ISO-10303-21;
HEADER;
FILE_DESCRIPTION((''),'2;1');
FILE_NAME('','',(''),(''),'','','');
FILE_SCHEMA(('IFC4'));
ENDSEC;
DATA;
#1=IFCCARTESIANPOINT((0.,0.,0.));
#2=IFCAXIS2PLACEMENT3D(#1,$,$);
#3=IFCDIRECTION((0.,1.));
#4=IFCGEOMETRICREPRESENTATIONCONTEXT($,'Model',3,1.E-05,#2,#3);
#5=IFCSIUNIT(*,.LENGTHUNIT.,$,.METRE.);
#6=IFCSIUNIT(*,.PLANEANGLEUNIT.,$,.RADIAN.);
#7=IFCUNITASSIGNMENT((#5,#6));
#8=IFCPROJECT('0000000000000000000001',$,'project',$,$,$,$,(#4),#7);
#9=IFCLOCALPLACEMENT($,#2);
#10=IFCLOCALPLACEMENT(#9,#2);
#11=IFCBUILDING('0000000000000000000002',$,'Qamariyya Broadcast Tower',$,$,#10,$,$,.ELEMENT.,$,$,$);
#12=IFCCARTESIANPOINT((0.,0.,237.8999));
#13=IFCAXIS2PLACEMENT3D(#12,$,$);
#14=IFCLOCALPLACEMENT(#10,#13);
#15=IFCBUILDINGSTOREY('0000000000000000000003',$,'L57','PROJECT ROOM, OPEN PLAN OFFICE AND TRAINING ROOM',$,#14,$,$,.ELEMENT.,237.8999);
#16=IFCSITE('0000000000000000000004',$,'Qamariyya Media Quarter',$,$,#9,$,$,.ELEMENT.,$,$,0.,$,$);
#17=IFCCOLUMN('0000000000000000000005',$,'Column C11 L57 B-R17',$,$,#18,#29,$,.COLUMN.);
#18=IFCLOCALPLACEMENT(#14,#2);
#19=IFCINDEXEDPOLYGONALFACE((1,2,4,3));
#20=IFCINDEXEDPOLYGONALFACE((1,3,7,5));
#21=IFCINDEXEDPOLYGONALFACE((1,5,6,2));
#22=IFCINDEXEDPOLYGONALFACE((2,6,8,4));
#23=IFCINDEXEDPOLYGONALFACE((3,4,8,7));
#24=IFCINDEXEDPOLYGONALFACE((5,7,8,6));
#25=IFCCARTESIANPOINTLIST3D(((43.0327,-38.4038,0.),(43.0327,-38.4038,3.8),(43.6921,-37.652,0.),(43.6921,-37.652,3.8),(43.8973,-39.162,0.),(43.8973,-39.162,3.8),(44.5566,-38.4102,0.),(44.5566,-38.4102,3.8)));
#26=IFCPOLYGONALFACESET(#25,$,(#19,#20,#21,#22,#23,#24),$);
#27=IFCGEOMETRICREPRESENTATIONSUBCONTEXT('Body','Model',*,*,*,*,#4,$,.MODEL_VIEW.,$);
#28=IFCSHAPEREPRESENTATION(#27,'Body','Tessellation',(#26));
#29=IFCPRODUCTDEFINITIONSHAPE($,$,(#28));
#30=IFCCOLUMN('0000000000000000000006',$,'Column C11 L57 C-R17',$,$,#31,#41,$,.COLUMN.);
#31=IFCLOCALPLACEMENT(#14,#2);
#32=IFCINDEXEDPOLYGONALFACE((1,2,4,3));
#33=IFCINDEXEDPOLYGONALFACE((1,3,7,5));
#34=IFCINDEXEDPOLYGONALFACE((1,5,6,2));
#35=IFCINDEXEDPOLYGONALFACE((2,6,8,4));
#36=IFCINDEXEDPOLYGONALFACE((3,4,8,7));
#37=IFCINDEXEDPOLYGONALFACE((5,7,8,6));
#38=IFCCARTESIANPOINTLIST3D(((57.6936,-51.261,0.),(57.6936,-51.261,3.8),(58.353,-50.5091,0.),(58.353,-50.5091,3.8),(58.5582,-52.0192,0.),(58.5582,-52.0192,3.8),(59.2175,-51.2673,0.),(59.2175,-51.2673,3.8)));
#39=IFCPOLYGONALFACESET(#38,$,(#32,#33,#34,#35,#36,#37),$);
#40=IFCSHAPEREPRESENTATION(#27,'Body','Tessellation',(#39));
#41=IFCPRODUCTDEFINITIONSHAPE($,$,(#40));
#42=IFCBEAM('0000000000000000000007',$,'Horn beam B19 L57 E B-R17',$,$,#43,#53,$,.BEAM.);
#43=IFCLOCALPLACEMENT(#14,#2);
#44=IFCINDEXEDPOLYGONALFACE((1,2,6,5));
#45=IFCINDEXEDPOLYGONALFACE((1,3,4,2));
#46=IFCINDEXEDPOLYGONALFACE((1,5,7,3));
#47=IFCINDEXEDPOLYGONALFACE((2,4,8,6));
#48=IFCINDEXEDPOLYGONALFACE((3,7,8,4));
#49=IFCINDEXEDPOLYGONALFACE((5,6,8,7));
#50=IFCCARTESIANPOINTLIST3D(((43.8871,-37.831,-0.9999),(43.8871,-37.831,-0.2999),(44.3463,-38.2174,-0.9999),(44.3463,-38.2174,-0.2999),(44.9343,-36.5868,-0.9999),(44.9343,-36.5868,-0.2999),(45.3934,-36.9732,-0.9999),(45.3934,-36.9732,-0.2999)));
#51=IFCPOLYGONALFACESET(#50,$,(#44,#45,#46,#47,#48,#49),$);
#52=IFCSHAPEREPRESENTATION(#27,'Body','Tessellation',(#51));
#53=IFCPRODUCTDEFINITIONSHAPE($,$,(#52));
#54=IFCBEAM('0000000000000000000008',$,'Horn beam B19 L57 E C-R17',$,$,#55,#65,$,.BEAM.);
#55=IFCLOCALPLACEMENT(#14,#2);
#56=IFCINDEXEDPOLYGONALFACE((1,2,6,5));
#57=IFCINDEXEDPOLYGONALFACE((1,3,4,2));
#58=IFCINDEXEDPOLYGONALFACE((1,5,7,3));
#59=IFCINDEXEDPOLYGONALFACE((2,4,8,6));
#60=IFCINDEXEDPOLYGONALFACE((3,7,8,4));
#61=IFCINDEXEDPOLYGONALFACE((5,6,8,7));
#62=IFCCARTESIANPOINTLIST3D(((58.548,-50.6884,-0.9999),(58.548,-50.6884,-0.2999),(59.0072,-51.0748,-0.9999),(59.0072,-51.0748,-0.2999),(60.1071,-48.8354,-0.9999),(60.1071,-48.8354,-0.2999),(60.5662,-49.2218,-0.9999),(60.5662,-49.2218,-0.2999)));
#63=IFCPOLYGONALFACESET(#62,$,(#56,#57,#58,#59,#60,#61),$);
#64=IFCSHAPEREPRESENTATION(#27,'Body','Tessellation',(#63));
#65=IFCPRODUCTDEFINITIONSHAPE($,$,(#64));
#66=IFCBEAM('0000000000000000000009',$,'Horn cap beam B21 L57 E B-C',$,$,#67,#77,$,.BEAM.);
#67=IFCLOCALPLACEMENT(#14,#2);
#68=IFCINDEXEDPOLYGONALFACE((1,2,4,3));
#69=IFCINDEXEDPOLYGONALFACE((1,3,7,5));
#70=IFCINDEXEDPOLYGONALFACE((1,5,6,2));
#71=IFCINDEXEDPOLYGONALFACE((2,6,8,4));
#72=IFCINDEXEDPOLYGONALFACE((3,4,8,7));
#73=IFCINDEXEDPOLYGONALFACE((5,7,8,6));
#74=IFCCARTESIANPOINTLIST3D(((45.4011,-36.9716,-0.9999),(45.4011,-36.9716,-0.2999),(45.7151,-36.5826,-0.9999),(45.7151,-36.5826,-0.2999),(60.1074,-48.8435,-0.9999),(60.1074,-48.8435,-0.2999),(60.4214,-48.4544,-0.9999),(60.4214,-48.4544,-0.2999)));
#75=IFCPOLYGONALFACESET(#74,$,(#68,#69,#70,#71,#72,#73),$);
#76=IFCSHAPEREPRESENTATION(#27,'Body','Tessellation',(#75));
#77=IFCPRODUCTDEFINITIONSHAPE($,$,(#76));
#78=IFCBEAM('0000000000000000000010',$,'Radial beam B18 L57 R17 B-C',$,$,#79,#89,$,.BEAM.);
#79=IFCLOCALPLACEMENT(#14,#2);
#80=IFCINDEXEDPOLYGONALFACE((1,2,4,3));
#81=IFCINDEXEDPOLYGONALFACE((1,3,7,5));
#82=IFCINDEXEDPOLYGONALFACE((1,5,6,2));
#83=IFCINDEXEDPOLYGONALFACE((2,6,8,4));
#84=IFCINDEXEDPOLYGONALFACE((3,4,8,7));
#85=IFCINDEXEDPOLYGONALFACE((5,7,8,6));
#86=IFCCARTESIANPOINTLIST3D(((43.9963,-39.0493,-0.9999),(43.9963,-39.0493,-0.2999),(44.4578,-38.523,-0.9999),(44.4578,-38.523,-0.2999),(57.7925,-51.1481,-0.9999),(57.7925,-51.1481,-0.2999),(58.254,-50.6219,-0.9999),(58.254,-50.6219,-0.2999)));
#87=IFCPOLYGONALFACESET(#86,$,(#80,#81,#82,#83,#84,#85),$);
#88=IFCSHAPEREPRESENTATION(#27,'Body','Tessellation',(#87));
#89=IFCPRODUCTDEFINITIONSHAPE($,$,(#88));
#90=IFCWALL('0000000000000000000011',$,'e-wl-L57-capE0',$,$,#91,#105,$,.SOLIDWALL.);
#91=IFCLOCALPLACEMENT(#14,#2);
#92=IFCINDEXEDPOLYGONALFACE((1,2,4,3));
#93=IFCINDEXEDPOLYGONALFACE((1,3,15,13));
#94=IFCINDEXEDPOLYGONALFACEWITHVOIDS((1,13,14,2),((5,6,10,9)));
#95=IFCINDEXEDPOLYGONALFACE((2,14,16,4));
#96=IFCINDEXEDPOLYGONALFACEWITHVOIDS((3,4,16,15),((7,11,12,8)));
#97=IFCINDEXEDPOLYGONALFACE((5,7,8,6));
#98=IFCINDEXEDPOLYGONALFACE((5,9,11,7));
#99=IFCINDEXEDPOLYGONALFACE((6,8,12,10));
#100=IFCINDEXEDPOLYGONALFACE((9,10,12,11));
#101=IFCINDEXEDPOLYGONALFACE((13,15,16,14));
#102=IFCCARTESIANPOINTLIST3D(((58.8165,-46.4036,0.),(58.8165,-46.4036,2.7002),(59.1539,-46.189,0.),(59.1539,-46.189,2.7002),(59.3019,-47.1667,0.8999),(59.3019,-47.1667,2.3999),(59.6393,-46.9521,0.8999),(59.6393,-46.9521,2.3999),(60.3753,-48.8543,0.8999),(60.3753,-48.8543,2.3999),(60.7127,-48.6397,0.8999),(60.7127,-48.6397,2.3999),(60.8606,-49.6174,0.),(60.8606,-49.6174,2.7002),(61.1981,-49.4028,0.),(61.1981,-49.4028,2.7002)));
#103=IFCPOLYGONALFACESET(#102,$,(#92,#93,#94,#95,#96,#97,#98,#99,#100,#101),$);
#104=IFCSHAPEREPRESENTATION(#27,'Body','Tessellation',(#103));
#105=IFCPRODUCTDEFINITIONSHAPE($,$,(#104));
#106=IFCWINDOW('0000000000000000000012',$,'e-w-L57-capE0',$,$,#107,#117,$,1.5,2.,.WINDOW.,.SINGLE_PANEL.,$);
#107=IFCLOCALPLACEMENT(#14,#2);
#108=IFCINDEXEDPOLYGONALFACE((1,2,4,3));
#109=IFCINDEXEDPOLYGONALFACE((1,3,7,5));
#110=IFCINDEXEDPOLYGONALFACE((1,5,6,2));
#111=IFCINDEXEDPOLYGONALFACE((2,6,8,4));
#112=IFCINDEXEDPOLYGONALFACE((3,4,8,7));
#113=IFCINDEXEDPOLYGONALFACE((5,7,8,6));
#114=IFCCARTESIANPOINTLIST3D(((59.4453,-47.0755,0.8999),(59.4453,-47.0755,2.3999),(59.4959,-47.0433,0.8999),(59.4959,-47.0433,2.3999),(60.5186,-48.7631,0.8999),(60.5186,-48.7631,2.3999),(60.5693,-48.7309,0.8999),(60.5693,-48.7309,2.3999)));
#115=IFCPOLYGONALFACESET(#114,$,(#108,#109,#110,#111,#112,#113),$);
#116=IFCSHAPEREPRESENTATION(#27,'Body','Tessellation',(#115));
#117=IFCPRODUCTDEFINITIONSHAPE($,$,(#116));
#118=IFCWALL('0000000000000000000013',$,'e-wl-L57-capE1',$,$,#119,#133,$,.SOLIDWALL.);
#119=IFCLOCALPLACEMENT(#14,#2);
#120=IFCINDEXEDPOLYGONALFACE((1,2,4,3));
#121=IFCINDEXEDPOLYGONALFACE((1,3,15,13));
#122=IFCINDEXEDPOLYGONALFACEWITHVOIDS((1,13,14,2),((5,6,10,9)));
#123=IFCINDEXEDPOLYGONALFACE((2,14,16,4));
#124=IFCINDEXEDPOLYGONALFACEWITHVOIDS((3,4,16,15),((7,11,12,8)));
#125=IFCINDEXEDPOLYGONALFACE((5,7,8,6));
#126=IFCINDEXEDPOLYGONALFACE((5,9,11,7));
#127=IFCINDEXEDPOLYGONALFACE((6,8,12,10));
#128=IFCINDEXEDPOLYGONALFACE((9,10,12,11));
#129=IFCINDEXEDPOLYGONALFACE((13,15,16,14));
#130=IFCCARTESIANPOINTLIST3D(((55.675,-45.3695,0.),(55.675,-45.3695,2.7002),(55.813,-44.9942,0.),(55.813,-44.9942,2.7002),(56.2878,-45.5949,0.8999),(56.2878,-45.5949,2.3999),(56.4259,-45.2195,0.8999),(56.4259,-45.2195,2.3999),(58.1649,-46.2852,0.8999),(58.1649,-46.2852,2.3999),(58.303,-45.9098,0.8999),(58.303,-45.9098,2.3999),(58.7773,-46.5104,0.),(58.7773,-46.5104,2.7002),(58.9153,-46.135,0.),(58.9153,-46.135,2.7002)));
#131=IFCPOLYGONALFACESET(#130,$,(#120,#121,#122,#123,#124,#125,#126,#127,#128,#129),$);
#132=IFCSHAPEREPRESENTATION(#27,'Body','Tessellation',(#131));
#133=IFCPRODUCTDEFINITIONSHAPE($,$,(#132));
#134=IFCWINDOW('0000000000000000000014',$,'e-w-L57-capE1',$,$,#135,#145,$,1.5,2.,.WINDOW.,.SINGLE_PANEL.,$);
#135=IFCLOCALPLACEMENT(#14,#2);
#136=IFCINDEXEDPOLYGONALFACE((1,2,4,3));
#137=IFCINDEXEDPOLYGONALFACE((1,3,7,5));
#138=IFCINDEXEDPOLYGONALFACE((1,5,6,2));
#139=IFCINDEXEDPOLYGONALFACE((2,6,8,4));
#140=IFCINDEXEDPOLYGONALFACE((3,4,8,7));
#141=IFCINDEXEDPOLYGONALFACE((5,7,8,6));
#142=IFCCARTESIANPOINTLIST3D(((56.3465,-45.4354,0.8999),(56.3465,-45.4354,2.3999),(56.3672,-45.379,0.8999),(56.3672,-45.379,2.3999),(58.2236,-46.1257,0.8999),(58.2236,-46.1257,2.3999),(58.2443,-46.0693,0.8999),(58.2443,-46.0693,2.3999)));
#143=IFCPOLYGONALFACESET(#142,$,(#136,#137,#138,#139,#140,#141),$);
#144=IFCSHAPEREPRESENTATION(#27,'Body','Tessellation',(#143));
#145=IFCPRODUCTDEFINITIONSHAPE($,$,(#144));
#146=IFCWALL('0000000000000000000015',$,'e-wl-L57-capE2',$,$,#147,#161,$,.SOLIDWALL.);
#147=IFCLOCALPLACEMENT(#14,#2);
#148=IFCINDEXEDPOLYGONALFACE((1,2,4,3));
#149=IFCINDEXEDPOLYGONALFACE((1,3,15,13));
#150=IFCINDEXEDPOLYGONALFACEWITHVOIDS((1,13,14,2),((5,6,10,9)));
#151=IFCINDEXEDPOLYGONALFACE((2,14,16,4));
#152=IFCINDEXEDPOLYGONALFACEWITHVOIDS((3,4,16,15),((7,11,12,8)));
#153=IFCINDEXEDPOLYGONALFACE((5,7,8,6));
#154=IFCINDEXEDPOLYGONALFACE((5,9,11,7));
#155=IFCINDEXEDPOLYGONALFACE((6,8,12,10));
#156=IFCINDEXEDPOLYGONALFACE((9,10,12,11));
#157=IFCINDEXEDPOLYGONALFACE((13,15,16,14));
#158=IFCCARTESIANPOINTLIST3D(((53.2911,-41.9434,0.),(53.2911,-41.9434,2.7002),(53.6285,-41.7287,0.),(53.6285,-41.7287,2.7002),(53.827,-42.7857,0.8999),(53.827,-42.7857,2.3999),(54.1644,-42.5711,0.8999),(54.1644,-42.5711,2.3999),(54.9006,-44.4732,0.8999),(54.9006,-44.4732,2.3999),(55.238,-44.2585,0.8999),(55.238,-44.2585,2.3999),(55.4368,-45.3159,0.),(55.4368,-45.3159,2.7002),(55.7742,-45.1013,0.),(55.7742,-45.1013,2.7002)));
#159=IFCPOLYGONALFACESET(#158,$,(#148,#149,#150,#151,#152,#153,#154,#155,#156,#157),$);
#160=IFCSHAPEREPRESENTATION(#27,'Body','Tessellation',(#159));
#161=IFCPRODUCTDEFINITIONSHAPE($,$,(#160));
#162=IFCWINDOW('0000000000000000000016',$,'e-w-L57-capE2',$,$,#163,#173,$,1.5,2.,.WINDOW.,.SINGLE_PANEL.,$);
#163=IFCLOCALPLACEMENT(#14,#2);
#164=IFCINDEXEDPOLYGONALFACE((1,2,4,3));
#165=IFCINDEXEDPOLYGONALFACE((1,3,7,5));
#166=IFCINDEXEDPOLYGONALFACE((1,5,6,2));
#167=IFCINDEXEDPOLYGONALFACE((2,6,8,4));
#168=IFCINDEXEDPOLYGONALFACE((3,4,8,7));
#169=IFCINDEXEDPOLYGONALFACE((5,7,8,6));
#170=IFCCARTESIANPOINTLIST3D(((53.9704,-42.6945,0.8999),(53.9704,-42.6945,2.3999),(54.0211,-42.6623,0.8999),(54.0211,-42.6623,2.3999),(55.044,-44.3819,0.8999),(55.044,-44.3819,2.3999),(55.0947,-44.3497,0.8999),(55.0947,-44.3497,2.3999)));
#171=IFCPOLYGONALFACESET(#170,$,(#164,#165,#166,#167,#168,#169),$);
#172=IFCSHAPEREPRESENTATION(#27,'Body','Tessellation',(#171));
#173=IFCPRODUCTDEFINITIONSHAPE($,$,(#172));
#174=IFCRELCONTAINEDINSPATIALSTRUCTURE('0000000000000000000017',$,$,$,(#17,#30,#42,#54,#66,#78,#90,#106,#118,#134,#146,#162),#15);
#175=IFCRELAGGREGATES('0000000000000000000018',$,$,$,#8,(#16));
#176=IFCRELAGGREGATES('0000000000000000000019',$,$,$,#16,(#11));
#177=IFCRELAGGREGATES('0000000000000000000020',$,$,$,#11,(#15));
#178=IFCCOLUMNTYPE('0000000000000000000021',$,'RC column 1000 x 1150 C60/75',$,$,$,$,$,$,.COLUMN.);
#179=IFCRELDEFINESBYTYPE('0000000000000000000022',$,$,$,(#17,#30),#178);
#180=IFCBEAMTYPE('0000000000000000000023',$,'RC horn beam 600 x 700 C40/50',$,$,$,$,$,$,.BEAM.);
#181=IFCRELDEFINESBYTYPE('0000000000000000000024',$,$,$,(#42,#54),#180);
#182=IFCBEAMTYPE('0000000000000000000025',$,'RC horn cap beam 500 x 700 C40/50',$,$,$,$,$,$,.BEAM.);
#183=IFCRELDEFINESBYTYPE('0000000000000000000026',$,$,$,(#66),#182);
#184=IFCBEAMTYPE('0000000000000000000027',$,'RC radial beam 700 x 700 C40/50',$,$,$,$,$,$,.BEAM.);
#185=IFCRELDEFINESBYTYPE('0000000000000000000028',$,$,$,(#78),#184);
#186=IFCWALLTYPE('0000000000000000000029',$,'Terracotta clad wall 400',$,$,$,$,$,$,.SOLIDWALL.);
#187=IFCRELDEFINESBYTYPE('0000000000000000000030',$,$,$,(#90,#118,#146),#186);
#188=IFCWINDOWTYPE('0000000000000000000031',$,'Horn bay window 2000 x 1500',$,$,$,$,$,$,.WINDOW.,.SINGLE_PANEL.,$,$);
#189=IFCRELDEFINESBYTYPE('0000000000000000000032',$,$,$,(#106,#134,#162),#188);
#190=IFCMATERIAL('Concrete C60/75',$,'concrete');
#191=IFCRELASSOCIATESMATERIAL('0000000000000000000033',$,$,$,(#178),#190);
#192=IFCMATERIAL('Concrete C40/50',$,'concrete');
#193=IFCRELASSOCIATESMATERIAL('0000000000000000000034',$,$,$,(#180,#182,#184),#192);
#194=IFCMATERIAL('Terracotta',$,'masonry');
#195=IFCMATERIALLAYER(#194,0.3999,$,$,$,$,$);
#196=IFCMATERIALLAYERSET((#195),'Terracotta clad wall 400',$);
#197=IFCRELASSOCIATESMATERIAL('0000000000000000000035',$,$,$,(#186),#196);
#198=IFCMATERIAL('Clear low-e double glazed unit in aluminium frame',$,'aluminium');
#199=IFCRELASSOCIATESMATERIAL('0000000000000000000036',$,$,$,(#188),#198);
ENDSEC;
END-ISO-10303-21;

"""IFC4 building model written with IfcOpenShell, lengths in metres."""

from ifc_helpers import new_model, si_unit, direction, frame, frame_2d, origin, origin_2d, place, context, subcontext, project, spatial, rectangle, extrude, material, layer, layer_set, material_profile, profile_set, type_object, element, fill, save


model = new_model("IFC4")

# Units and contexts
model_context = context("Model", 3, precision=1e-05, world=origin(), true_north=direction((0.0, 1.0)))
body_context = subcontext(model_context, "Body", "Model", "MODEL_VIEW")
ifc_project = project(units=[si_unit("LENGTHUNIT", "METRE"), si_unit("PLANEANGLEUNIT", "RADIAN")], contexts=[model_context])

# Site, building, storey
site_placement = place(None, origin())
site = spatial("IfcSite", under=ifc_project, at=site_placement, Name="Qamariyya Media Quarter", CompositionType="ELEMENT", RefElevation=0.0)
building_placement = place(site_placement, origin())
building = spatial("IfcBuilding", under=site, at=building_placement, Name="Qamariyya Broadcast Tower", CompositionType="ELEMENT")
storey_placement = place(building_placement, frame((0.0, 0.0, 237.8999)))
storey = spatial("IfcBuildingStorey", under=building, at=storey_placement, Name="L57", Description="PROJECT ROOM, OPEN PLAN OFFICE AND TRAINING ROOM", CompositionType="ELEMENT", Elevation=237.8999)

# Columns
ifc_material_1 = material(Name="Concrete C60/75", Category="concrete")
ifc_material_profile_1 = material_profile(ifc_material_1, rectangle(XDim=1.0, YDim=1.1499, at=origin_2d()))
ifc_profile_set_1 = profile_set([ifc_material_profile_1], Name="Concrete C60/75")
column_type = type_object("IfcColumnType", Name="RC column 1000 x 1150 C60/75", PredefinedType="COLUMN", material=ifc_profile_set_1)
for number, where, z_axis, x_axis, name in (
    (1, (43.7947, -38.407, 0.0), (0.0, 0.0, 1.0), (0.659346, 0.75184, 0.0), "Column C11 L57 B-R17"),
    (2, (58.4556, -51.2642, 0.0), (0.0, 0.0, 1.0), (0.659346, 0.75184, 0.0), "Column C11 L57 C-R17"),
):
    element("IfcColumn", number, at=place(storey_placement, frame(where, z_axis=z_axis, x_axis=x_axis)), inside=storey, type_object=column_type, Name=name, PredefinedType="COLUMN", context=body_context, shape_type="SweptSolid", body=[
        extrude(rectangle(XDim=1.0, YDim=1.1499, at=origin_2d()), origin(), (0.0, 0.0, 1.0), 3.8),
    ])

# Beams
ifc_material_2 = material(Name="Concrete C40/50", Category="concrete")
ifc_material_profile_2 = material_profile(ifc_material_2, rectangle(XDim=0.6001, YDim=0.7, at=origin_2d()))
ifc_profile_set_2 = profile_set([ifc_material_profile_2], Name="Concrete C40/50")
beam_type_1 = type_object("IfcBeamType", Name="RC horn beam 600 x 700 C40/50", PredefinedType="BEAM", material=ifc_profile_set_2)
beam_1_placement = place(storey_placement, frame((44.1167, -38.0242, -0.6499), z_axis=(0.643928, 0.765086, 0.0), x_axis=(-0.765086, 0.643928, 0.0)))
element("IfcBeam", 3, at=beam_1_placement, inside=storey, type_object=beam_type_1, Name="Horn beam B19 L57 E B-R17", PredefinedType="BEAM", context=body_context, shape_type="SweptSolid", body=[
    extrude(rectangle(XDim=0.6001, YDim=0.7, at=origin_2d()), origin(), (0.0, 0.0, 1.0), 1.6262),
])
beam_2_placement = place(storey_placement, frame((58.7776, -50.8816, -0.6499), z_axis=(0.643807, 0.765188, 0.0), x_axis=(-0.765188, 0.643807, 0.0)))
element("IfcBeam", 4, at=beam_2_placement, inside=storey, type_object=beam_type_1, Name="Horn beam B19 L57 E C-R17", PredefinedType="BEAM", context=body_context, shape_type="SweptSolid", body=[
    extrude(rectangle(XDim=0.6001, YDim=0.7, at=origin_2d()), origin(), (0.0, 0.0, 1.0), 2.4216),
])
ifc_material_profile_3 = material_profile(ifc_material_2, rectangle(XDim=0.5, YDim=0.7, at=origin_2d()))
ifc_profile_set_3 = profile_set([ifc_material_profile_3], Name="Concrete C40/50")
beam_type_2 = type_object("IfcBeamType", Name="RC horn cap beam 500 x 700 C40/50", PredefinedType="BEAM", material=ifc_profile_set_3)
beam_3_placement = place(storey_placement, frame((45.5581, -36.7771, -0.6499), z_axis=(0.778105, -0.628134, 0.0), x_axis=(0.628134, 0.778105, 0.0)))
element("IfcBeam", 5, at=beam_3_placement, inside=storey, type_object=beam_type_2, Name="Horn cap beam B21 L57 E B-C", PredefinedType="BEAM", context=body_context, shape_type="SweptSolid", body=[
    extrude(rectangle(XDim=0.5, YDim=0.7, at=origin_2d()), origin(), (0.0, 0.0, 1.0), 18.9001),
])
ifc_material_profile_4 = material_profile(ifc_material_2, rectangle(XDim=0.7, YDim=0.7, at=origin_2d()))
ifc_profile_set_4 = profile_set([ifc_material_profile_4], Name="Concrete C40/50")
beam_type_3 = type_object("IfcBeamType", Name="RC radial beam 700 x 700 C40/50", PredefinedType="BEAM", material=ifc_profile_set_4)
beam_4_placement = place(storey_placement, frame((44.2271, -38.7861, -0.6499), z_axis=(0.75184, -0.659345, 0.0), x_axis=(0.659345, 0.75184, 0.0)))
element("IfcBeam", 6, at=beam_4_placement, inside=storey, type_object=beam_type_3, Name="Radial beam B18 L57 R17 B-C", PredefinedType="BEAM", context=body_context, shape_type="SweptSolid", body=[
    extrude(rectangle(XDim=0.7, YDim=0.7, at=origin_2d()), origin(), (0.0, 0.0, 1.0), 18.3499),
])

# Walls, openings, windows
ifc_material_3 = material(Name="Terracotta", Category="masonry")
ifc_layer = layer(ifc_material_3, 0.3999)
ifc_layer_set = layer_set([ifc_layer], Name="Terracotta clad wall 400")
wall_type = type_object("IfcWallType", Name="Terracotta clad wall 400", PredefinedType="SOLIDWALL", material=ifc_layer_set)
wall_1_placement = place(storey_placement, frame((61.0293, -49.51, 0.0), z_axis=(0.0, 0.0, 1.0), x_axis=(-0.536689, 0.84378, 0.0)))
wall_1 = element("IfcWall", 7, at=wall_1_placement, inside=storey, type_object=wall_type, Name="e-wl-L57-capE0", PredefinedType="SOLIDWALL", context=body_context, shape_type="SweptSolid", body=[
    extrude(rectangle(XDim=3.8088, YDim=0.3999, at=frame_2d((1.9043, 0.0))), origin(), (0.0, 0.0, 1.0), 2.7002),
])
opening_1_placement = place(wall_1_placement, frame((0.9043, 0.0, 0.8999)))
opening_1 = element("IfcOpeningElement", 8, at=opening_1_placement, cuts=wall_1, PredefinedType="OPENING", context=body_context, shape_type="SweptSolid", body=[
    extrude(rectangle(XDim=2.0, YDim=1.5, at=frame_2d((1.0, 0.75))), frame((0.0, 0.21, 0.0), z_axis=(0.0, -1.0, 0.0), x_axis=(1.0, 0.0, 0.0)), (0.0, 0.0, 1.0), 0.4199),
])
ifc_material_4 = material(Name="Clear low-e double glazed unit in aluminium frame", Category="aluminium")
window_type_1 = type_object("IfcWindowType", Name="Horn bay window 2000 x 1500", PartitioningType="SINGLE_PANEL", PredefinedType="WINDOW", material=ifc_material_4)
window_1_placement = place(opening_1_placement, origin())
window_1 = element("IfcWindow", 9, at=window_1_placement, inside=storey, type_object=window_type_1, Name="e-w-L57-capE0", OverallHeight=1.5, OverallWidth=2.0, PartitioningType="SINGLE_PANEL", PredefinedType="WINDOW", context=body_context, shape_type="SweptSolid", body=[
    extrude(rectangle(XDim=2.0, YDim=1.5, at=frame_2d((1.0, 0.75))), frame((0.0, 0.03, 0.0), z_axis=(0.0, -1.0, 0.0), x_axis=(1.0, 0.0, 0.0)), (0.0, 0.0, 1.0), 0.0601),
])
fill(opening_1, window_1)
wall_2_placement = place(storey_placement, frame((58.8464, -46.3228, 0.0), z_axis=(0.0, 0.0, 1.0), x_axis=(-0.938547, 0.345151, 0.0)))
wall_2 = element("IfcWall", 10, at=wall_2_placement, inside=storey, type_object=wall_type, Name="e-wl-L57-capE1", PredefinedType="SOLIDWALL", context=body_context, shape_type="SweptSolid", body=[
    extrude(rectangle(XDim=3.3054, YDim=0.3999, at=frame_2d((1.6528, 0.0))), origin(), (0.0, 0.0, 1.0), 2.7002),
])
opening_2_placement = place(wall_2_placement, frame((0.6526, 0.0, 0.8999)))
opening_2 = element("IfcOpeningElement", 11, at=opening_2_placement, cuts=wall_2, PredefinedType="OPENING", context=body_context, shape_type="SweptSolid", body=[
    extrude(rectangle(XDim=2.0, YDim=1.5, at=frame_2d((1.0, 0.75))), frame((0.0, 0.21, 0.0), z_axis=(0.0, -1.0, 0.0), x_axis=(1.0, 0.0, 0.0)), (0.0, 0.0, 1.0), 0.4199),
])
window_2_placement = place(opening_2_placement, origin())
window_2 = element("IfcWindow", 12, at=window_2_placement, inside=storey, type_object=window_type_1, Name="e-w-L57-capE1", OverallHeight=1.5, OverallWidth=2.0, PartitioningType="SINGLE_PANEL", PredefinedType="WINDOW", context=body_context, shape_type="SweptSolid", body=[
    extrude(rectangle(XDim=2.0, YDim=1.5, at=frame_2d((1.0, 0.75))), frame((0.0, 0.03, 0.0), z_axis=(0.0, -1.0, 0.0), x_axis=(1.0, 0.0, 0.0)), (0.0, 0.0, 1.0), 0.0601),
])
fill(opening_2, window_2)
wall_3_placement = place(storey_placement, frame((55.6055, -45.2085, 0.0), z_axis=(0.0, 0.0, 1.0), x_axis=(-0.5368, 0.843709, 0.0)))
wall_3 = element("IfcWall", 13, at=wall_3_placement, inside=storey, type_object=wall_type, Name="e-wl-L57-capE2", PredefinedType="SOLIDWALL", context=body_context, shape_type="SweptSolid", body=[
    extrude(rectangle(XDim=3.9973, YDim=0.3999, at=frame_2d((1.9985, 0.0))), origin(), (0.0, 0.0, 1.0), 2.7002),
])
opening_3_placement = place(wall_3_placement, frame((0.9988, 0.0, 0.8999)))
opening_3 = element("IfcOpeningElement", 14, at=opening_3_placement, cuts=wall_3, PredefinedType="OPENING", context=body_context, shape_type="SweptSolid", body=[
    extrude(rectangle(XDim=2.0, YDim=1.5, at=frame_2d((1.0, 0.75))), frame((0.0, 0.21, 0.0), z_axis=(0.0, -1.0, 0.0), x_axis=(1.0, 0.0, 0.0)), (0.0, 0.0, 1.0), 0.4199),
])
window_3_placement = place(opening_3_placement, origin())
window_3 = element("IfcWindow", 15, at=window_3_placement, inside=storey, type_object=window_type_1, Name="e-w-L57-capE2", OverallHeight=1.5, OverallWidth=2.0, PartitioningType="SINGLE_PANEL", PredefinedType="WINDOW", context=body_context, shape_type="SweptSolid", body=[
    extrude(rectangle(XDim=2.0, YDim=1.5, at=frame_2d((1.0, 0.75))), frame((0.0, 0.03, 0.0), z_axis=(0.0, -1.0, 0.0), x_axis=(1.0, 0.0, 0.0)), (0.0, 0.0, 1.0), 0.0601),
])
fill(opening_3, window_3)

save(model, "model.ifc")
